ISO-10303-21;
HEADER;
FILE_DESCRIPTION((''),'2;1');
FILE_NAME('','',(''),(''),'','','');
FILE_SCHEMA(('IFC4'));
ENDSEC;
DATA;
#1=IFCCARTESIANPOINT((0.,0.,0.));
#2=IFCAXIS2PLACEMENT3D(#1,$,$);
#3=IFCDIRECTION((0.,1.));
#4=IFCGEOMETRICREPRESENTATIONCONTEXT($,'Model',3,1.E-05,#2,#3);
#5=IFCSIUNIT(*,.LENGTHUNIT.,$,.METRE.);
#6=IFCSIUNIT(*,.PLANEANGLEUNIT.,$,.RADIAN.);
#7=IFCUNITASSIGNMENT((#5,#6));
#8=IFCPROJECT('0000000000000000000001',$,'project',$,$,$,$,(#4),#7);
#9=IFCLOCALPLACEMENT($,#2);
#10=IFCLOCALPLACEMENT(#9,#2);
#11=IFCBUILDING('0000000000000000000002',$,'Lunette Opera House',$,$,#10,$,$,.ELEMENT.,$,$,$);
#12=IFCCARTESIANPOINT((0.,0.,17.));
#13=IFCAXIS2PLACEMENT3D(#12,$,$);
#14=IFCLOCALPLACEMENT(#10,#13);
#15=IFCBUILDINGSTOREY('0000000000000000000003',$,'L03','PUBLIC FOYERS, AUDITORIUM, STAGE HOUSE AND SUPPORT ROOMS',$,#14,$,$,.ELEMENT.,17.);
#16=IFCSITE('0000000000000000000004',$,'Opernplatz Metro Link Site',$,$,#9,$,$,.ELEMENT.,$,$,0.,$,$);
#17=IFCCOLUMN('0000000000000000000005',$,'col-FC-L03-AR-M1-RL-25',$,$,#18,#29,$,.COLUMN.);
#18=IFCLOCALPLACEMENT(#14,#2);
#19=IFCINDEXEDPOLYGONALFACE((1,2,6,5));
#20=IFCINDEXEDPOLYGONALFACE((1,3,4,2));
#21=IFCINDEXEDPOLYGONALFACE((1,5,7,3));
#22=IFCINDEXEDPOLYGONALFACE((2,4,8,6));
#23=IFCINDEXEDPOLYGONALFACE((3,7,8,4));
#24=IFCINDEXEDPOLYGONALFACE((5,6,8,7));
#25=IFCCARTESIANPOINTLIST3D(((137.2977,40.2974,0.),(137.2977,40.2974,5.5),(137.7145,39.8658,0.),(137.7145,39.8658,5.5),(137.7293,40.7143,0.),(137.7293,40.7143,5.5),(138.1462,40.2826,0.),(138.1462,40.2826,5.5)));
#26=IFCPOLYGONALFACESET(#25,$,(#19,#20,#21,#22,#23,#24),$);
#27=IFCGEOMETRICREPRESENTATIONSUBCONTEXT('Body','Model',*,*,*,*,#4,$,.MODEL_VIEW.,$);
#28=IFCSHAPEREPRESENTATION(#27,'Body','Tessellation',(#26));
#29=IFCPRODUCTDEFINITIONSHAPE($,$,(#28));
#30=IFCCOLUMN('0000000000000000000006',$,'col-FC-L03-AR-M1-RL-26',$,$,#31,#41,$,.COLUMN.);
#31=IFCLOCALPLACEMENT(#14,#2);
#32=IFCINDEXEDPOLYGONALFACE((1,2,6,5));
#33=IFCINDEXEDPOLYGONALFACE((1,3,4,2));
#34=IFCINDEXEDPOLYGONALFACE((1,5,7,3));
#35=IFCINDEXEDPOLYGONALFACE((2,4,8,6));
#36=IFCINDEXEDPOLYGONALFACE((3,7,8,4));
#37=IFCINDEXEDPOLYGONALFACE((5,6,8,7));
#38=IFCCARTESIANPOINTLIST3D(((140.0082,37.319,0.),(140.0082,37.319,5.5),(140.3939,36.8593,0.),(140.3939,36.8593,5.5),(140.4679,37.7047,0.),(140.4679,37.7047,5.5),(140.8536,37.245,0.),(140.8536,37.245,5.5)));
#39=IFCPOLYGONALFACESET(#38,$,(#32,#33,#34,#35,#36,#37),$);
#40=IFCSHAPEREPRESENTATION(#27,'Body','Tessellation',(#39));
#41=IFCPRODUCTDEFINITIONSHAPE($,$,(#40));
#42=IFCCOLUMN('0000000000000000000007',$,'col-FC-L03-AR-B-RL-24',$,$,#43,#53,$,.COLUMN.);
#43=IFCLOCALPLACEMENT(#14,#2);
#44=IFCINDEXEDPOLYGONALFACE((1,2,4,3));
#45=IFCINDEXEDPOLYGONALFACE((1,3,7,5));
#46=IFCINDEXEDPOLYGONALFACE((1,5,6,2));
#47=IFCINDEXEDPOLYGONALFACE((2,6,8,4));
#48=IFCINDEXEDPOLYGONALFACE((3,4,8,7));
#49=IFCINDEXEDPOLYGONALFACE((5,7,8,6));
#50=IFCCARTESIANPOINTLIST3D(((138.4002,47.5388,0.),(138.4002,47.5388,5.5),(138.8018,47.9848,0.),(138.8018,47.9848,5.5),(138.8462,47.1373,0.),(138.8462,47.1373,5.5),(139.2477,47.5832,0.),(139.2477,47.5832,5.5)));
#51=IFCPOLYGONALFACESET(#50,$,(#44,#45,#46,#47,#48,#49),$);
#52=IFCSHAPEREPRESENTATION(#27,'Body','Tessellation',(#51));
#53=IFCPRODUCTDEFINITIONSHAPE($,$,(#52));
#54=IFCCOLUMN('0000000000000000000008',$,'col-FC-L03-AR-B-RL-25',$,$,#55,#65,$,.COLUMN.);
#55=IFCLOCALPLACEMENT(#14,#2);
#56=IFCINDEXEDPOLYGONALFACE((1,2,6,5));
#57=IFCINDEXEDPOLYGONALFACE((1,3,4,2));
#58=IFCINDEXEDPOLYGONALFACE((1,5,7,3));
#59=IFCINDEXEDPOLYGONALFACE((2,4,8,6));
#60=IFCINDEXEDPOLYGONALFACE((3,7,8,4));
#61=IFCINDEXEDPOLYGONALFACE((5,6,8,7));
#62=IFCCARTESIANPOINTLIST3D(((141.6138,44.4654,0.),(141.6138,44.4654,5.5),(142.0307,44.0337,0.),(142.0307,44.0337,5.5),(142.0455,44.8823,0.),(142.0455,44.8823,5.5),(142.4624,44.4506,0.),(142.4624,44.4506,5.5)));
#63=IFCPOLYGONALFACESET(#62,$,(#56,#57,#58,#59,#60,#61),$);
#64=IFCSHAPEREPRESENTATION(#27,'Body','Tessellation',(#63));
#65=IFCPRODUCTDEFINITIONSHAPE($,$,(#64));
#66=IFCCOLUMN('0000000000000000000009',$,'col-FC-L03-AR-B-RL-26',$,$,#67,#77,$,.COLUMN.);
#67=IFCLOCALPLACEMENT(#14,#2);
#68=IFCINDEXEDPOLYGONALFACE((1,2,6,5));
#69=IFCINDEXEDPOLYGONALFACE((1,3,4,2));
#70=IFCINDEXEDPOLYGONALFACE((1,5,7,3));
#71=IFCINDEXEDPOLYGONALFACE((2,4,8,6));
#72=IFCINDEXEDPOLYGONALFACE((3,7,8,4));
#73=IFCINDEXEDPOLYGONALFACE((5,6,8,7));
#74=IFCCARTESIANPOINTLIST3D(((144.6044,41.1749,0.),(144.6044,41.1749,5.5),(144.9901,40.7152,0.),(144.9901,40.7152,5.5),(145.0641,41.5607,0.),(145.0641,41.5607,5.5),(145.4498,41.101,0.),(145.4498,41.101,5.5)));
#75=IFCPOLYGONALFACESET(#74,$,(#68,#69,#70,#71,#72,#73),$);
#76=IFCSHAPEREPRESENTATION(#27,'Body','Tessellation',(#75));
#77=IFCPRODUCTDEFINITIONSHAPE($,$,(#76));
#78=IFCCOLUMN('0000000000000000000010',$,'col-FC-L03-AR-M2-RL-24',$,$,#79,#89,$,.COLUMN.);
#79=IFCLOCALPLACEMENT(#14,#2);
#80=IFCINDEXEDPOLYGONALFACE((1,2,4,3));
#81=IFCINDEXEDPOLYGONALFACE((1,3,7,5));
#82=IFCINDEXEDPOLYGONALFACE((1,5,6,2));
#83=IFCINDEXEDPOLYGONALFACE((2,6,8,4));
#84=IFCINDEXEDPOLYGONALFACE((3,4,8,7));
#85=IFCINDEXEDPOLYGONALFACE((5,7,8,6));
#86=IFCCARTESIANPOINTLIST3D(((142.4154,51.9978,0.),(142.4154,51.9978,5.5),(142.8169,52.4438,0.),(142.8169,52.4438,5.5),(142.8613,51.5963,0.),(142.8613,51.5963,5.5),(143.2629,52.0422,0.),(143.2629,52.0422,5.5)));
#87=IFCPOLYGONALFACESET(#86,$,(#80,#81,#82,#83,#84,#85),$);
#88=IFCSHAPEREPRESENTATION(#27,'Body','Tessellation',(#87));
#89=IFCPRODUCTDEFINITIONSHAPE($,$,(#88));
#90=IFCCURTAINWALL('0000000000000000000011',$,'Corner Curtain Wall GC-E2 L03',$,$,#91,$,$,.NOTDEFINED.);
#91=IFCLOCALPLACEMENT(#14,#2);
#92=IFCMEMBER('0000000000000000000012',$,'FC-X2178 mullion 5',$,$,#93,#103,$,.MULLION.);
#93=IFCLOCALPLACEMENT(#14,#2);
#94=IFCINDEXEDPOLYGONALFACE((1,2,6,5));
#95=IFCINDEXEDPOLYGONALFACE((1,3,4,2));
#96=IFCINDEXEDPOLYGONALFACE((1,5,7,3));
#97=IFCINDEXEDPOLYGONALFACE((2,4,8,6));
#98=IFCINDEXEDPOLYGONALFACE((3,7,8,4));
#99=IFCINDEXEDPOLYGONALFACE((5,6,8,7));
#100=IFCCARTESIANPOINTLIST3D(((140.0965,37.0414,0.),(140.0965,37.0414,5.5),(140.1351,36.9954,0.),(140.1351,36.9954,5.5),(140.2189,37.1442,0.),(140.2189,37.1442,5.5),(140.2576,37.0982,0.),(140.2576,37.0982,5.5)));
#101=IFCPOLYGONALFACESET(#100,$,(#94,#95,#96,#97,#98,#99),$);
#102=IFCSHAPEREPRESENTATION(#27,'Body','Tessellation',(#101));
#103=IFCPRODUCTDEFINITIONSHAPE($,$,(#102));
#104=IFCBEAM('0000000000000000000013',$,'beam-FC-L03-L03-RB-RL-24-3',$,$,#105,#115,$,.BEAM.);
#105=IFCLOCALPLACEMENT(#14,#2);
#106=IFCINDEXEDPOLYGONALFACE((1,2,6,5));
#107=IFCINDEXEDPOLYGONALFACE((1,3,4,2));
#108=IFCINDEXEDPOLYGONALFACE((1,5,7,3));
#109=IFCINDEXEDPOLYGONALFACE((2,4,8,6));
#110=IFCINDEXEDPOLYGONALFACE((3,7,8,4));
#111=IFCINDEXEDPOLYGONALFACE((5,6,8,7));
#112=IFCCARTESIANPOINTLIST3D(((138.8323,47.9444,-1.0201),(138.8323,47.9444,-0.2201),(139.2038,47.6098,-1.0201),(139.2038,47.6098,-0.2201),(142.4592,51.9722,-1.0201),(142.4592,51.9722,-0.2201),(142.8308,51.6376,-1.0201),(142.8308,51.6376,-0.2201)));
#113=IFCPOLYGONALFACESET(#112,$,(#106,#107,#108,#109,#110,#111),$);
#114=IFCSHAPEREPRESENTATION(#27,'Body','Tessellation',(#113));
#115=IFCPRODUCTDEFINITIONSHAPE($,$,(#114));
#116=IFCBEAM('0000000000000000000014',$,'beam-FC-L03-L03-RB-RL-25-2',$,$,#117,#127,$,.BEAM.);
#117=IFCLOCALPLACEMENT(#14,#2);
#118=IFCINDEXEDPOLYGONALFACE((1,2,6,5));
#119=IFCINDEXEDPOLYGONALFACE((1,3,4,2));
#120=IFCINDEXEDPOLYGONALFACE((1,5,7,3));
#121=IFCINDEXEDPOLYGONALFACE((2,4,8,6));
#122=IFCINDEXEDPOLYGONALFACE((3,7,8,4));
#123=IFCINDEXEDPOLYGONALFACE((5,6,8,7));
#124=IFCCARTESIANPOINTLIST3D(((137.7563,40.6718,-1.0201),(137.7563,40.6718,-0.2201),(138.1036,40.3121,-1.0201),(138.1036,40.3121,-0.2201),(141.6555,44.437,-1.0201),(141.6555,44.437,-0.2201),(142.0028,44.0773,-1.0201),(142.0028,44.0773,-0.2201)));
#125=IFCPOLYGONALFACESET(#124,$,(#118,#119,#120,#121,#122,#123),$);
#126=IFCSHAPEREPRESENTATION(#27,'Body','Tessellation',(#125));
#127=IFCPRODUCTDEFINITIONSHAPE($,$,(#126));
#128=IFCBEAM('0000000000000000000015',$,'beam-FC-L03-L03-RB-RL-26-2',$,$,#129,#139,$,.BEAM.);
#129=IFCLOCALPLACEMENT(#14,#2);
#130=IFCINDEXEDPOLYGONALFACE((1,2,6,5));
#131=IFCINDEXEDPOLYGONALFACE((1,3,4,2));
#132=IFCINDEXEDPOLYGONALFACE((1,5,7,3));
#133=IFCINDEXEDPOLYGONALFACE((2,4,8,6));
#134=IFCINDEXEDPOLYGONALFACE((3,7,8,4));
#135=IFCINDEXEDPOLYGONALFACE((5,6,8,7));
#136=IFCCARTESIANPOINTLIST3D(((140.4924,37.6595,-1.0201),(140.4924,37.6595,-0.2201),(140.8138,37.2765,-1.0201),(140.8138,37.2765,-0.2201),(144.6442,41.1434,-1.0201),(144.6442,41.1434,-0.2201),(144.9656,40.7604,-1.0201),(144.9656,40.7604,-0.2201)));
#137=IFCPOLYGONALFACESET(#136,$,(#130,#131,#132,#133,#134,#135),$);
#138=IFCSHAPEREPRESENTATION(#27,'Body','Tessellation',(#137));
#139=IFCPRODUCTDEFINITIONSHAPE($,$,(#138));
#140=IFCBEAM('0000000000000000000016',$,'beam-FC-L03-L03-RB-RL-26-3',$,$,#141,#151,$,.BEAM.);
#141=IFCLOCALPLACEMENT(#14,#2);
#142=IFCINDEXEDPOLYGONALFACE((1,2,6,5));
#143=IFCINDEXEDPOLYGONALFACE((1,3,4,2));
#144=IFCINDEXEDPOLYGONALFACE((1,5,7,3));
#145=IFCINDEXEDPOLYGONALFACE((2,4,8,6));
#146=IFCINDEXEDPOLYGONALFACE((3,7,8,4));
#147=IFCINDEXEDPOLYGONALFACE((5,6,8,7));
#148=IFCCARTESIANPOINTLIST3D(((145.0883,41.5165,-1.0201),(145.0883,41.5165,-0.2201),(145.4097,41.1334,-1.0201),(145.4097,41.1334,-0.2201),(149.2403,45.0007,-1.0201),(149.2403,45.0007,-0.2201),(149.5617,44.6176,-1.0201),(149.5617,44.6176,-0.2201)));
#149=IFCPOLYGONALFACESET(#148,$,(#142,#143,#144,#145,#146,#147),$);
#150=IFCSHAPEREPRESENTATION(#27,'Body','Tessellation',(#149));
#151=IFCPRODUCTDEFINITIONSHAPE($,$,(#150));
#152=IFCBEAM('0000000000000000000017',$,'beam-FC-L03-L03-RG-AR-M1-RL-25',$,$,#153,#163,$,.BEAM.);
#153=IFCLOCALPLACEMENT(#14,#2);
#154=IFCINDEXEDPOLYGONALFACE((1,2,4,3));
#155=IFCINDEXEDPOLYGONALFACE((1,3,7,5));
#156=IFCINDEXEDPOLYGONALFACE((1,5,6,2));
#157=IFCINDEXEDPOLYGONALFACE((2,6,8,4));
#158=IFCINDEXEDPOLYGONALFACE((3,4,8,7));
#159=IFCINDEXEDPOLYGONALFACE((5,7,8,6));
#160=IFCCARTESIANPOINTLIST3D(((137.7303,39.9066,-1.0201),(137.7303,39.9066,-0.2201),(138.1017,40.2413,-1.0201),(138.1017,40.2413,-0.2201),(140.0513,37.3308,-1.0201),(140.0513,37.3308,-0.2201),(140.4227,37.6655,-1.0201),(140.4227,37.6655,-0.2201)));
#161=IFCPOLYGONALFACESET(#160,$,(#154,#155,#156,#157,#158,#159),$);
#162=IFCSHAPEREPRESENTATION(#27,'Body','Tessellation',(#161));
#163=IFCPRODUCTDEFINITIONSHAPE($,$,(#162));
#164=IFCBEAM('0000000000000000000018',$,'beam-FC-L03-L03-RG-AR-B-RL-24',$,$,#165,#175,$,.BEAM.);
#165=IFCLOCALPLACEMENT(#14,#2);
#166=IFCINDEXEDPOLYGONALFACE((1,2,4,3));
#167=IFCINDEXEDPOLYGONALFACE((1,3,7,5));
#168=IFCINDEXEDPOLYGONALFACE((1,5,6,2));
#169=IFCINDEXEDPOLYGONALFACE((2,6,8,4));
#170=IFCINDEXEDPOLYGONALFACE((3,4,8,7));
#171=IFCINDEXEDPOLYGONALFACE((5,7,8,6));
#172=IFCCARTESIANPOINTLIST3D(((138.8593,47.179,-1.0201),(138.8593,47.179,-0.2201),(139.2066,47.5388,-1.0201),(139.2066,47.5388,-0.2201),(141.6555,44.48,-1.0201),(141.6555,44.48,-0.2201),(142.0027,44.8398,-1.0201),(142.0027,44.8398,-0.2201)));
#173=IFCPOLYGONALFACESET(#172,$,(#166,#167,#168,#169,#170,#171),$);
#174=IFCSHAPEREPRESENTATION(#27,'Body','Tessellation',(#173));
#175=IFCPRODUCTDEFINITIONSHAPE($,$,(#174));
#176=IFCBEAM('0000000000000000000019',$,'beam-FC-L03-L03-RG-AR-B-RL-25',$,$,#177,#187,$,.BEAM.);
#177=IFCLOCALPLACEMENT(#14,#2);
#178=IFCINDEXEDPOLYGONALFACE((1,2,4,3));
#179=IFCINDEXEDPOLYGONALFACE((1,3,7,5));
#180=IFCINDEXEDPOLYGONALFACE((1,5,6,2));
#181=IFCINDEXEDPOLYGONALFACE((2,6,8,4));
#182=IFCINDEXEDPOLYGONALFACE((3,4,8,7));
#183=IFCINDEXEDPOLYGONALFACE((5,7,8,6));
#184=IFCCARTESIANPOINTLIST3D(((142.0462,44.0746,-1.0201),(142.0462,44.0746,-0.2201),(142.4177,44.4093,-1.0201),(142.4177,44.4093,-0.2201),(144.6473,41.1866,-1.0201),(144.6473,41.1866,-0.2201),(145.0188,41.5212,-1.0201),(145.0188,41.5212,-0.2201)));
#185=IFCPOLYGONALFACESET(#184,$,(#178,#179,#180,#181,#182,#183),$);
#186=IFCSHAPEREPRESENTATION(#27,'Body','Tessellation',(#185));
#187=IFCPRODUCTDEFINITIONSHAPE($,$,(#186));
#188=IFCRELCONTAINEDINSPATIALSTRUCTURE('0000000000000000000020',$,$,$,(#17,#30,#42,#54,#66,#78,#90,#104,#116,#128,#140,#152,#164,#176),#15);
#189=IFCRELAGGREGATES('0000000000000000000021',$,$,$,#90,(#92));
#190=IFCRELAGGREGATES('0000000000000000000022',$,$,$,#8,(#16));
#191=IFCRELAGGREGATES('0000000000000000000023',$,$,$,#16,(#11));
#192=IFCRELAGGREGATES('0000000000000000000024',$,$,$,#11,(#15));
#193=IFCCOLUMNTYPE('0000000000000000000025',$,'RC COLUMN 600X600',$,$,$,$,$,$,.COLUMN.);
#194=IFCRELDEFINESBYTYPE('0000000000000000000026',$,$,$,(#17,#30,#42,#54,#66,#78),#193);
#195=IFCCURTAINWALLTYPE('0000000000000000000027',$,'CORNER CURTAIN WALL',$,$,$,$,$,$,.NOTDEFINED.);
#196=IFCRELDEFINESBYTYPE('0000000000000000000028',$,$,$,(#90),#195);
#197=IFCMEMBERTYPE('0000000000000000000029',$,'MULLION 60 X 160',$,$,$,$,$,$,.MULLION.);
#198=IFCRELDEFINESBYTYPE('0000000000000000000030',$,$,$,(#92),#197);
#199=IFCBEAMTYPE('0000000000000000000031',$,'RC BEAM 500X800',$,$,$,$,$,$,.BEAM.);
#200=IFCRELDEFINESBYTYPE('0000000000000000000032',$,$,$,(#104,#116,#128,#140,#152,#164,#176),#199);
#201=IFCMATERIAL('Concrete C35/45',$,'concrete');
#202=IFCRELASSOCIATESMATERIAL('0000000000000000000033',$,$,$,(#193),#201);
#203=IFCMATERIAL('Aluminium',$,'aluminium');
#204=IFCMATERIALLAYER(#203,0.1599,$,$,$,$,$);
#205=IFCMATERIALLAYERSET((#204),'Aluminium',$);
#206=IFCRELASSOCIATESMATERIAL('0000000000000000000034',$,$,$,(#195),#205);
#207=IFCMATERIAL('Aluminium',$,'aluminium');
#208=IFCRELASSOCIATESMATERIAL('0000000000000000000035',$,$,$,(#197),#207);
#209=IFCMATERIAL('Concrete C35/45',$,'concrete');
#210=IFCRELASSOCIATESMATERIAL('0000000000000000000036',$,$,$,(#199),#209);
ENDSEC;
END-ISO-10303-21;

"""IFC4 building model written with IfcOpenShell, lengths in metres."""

from ifc_helpers import new_model, si_unit, direction, frame, origin, origin_2d, place, context, subcontext, project, spatial, rectangle, extrude, material, layer, layer_set, material_profile, profile_set, type_object, element, aggregate, save


model = new_model("IFC4")

# Units and contexts
model_context = context("Model", 3, precision=1e-05, world=origin(), true_north=direction((0.0, 1.0)))
body_context = subcontext(model_context, "Body", "Model", "MODEL_VIEW")
ifc_project = project(units=[si_unit("LENGTHUNIT", "METRE"), si_unit("PLANEANGLEUNIT", "RADIAN")], contexts=[model_context])

# Site, building, storey
site_placement = place(None, origin())
site = spatial("IfcSite", under=ifc_project, at=site_placement, Name="Opernplatz Metro Link Site", CompositionType="ELEMENT", RefElevation=0.0)
building_placement = place(site_placement, origin())
building = spatial("IfcBuilding", under=site, at=building_placement, Name="Lunette Opera House", CompositionType="ELEMENT")
storey_placement = place(building_placement, frame((0.0, 0.0, 17.0)))
storey = spatial("IfcBuildingStorey", under=building, at=storey_placement, Name="L03", Description="PUBLIC FOYERS, AUDITORIUM, STAGE HOUSE AND SUPPORT ROOMS", CompositionType="ELEMENT", Elevation=17.0)

# Columns
ifc_material_1 = material(Name="Concrete C35/45", Category="concrete")
ifc_material_profile_1 = material_profile(ifc_material_1, rectangle(XDim=0.6001, YDim=0.6001, at=origin_2d()), Name="RC COLUMN 600X600")
ifc_profile_set_1 = profile_set([ifc_material_profile_1], Name="Concrete C35/45")
column_type = type_object("IfcColumnType", Name="RC COLUMN 600X600", PredefinedType="COLUMN", material=ifc_profile_set_1)
for number, where, z_axis, x_axis, name in (
    (1, (137.7219, 40.29, 0.0), (0.0, 0.0, 1.0), (0.694658, -0.71934, 0.0), "col-FC-L03-AR-M1-RL-25"),
    (2, (140.4309, 37.282, 0.0), (0.0, 0.0, 1.0), (0.642788, -0.766044, 0.0), "col-FC-L03-AR-M1-RL-26"),
    (3, (138.824, 47.561, 0.0), (0.0, 0.0, 1.0), (0.743145, -0.669131, 0.0), "col-FC-L03-AR-B-RL-24"),
    (4, (142.0381, 44.458, 0.0), (0.0, 0.0, 1.0), (0.694658, -0.71934, 0.0), "col-FC-L03-AR-B-RL-25"),
    (5, (145.0271, 41.1379, 0.0), (0.0, 0.0, 1.0), (0.642788, -0.766044, 0.0), "col-FC-L03-AR-B-RL-26"),
    (6, (142.8391, 52.02, 0.0), (0.0, 0.0, 1.0), (0.743145, -0.669131, 0.0), "col-FC-L03-AR-M2-RL-24"),
):
    element("IfcColumn", number, at=place(storey_placement, frame(where, z_axis=z_axis, x_axis=x_axis)), inside=storey, type_object=column_type, Name=name, PredefinedType="COLUMN", context=body_context, shape_type="SweptSolid", body=[
        extrude(rectangle(XDim=0.6001, YDim=0.6001, at=origin_2d()), origin(), (0.0, 0.0, 1.0), 5.5),
    ])

# Curtain wall, member
ifc_material_2 = material(Name="Aluminium", Category="aluminium")
ifc_layer_1 = layer(ifc_material_2, 0.1599)
ifc_layer_set_1 = layer_set([ifc_layer_1], Name="Aluminium")
curtain_wall_type = type_object("IfcCurtainWallType", Name="CORNER CURTAIN WALL", PredefinedType="NOTDEFINED", material=ifc_layer_set_1)
curtain_wall_placement = place(storey_placement, origin())
curtain_wall = element("IfcCurtainWall", 7, at=curtain_wall_placement, inside=storey, type_object=curtain_wall_type, Name="Corner Curtain Wall GC-E2 L03", PredefinedType="NOTDEFINED")
ifc_material_3 = material(Name="Aluminium", Category="aluminium")
ifc_material_profile_2 = material_profile(ifc_material_3, rectangle(XDim=0.0601, YDim=0.1599, at=origin_2d()), Name="MULLION 60 X 160")
ifc_profile_set_2 = profile_set([ifc_material_profile_2], Name="Aluminium")
member_type = type_object("IfcMemberType", Name="MULLION 60 X 160", PredefinedType="MULLION", material=ifc_profile_set_2)
member_placement = place(storey_placement, frame((140.177, 37.0698, 0.0), z_axis=(0.0, 0.0, 1.0), x_axis=(-0.64284, 0.766, 0.0)))
member = element("IfcMember", 8, at=member_placement, type_object=member_type, Name="FC-X2178 mullion 5", PredefinedType="MULLION", context=body_context, shape_type="SweptSolid", body=[
    extrude(rectangle(XDim=0.0601, YDim=0.1599, at=origin_2d()), origin(), (0.0, 0.0, 1.0), 5.5),
])
aggregate(curtain_wall, [member])

# Beams
ifc_material_4 = material(Name="Concrete C35/45", Category="concrete")
ifc_material_profile_3 = material_profile(ifc_material_4, rectangle(XDim=0.5, YDim=0.8, at=origin_2d()), Name="RC BEAM 500X800")
ifc_profile_set_3 = profile_set([ifc_material_profile_3], Name="Concrete C35/45")
beam_type = type_object("IfcBeamType", Name="RC BEAM 500X800", PredefinedType="BEAM", material=ifc_profile_set_3)
beam_1_placement = place(storey_placement, frame((139.0181, 47.7771, -0.6201), z_axis=(0.669159, 0.743119, 0.0), x_axis=(-0.743119, 0.669159, 0.0)))
element("IfcBeam", 9, at=beam_1_placement, inside=storey, type_object=beam_type, Name="beam-FC-L03-L03-RB-RL-24-3", PredefinedType="BEAM", context=body_context, shape_type="SweptSolid", body=[
    extrude(rectangle(XDim=0.5, YDim=0.8, at=origin_2d()), origin(), (0.0, 0.0, 1.0), 5.4202),
])
beam_2_placement = place(storey_placement, frame((137.9299, 40.4919, -0.6201), z_axis=(0.719363, 0.694635, 0.0), x_axis=(-0.694635, 0.719363, 0.0)))
element("IfcBeam", 10, at=beam_2_placement, inside=storey, type_object=beam_type, Name="beam-FC-L03-L03-RB-RL-25-2", PredefinedType="BEAM", context=body_context, shape_type="SweptSolid", body=[
    extrude(rectangle(XDim=0.5, YDim=0.8, at=origin_2d()), origin(), (0.0, 0.0, 1.0), 5.4204),
])
beam_3_placement = place(storey_placement, frame((140.6531, 37.468, -0.6201), z_axis=(0.766038, 0.642795, 0.0), x_axis=(-0.642795, 0.766038, 0.0)))
element("IfcBeam", 11, at=beam_3_placement, inside=storey, type_object=beam_type, Name="beam-FC-L03-L03-RB-RL-26-2", PredefinedType="BEAM", context=body_context, shape_type="SweptSolid", body=[
    extrude(rectangle(XDim=0.5, YDim=0.8, at=origin_2d()), origin(), (0.0, 0.0, 1.0), 5.4199),
])
beam_4_placement = place(storey_placement, frame((145.249, 41.325, -0.6201), z_axis=(0.766016, 0.642821, 0.0), x_axis=(-0.642821, 0.766016, 0.0)))
element("IfcBeam", 12, at=beam_4_placement, inside=storey, type_object=beam_type, Name="beam-FC-L03-L03-RB-RL-26-3", PredefinedType="BEAM", context=body_context, shape_type="SweptSolid", body=[
    extrude(rectangle(XDim=0.5, YDim=0.8, at=origin_2d()), origin(), (0.0, 0.0, 1.0), 5.4202),
])
beam_5_placement = place(storey_placement, frame((137.916, 40.074, -0.6201), z_axis=(0.669396, -0.742905, 0.0), x_axis=(0.742905, 0.669396, 0.0)))
element("IfcBeam", 13, at=beam_5_placement, inside=storey, type_object=beam_type, Name="beam-FC-L03-L03-RG-AR-M1-RL-25", PredefinedType="BEAM", context=body_context, shape_type="SweptSolid", body=[
    extrude(rectangle(XDim=0.5, YDim=0.8, at=origin_2d()), origin(), (0.0, 0.0, 1.0), 3.4673),
])
beam_6_placement = place(storey_placement, frame((139.033, 47.3589, -0.6201), z_axis=(0.719498, -0.694495, 0.0), x_axis=(0.694495, 0.719498, 0.0)))
element("IfcBeam", 14, at=beam_6_placement, inside=storey, type_object=beam_type, Name="beam-FC-L03-L03-RG-AR-B-RL-24", PredefinedType="BEAM", context=body_context, shape_type="SweptSolid", body=[
    extrude(rectangle(XDim=0.5, YDim=0.8, at=origin_2d()), origin(), (0.0, 0.0, 1.0), 3.8862),
])
beam_7_placement = place(storey_placement, frame((142.2319, 44.2419, -0.6201), z_axis=(0.669239, -0.743047, 0.0), x_axis=(0.743047, 0.669239, 0.0)))
element("IfcBeam", 15, at=beam_7_placement, inside=storey, type_object=beam_type, Name="beam-FC-L03-L03-RG-AR-B-RL-25", PredefinedType="BEAM", context=body_context, shape_type="SweptSolid", body=[
    extrude(rectangle(XDim=0.5, YDim=0.8, at=origin_2d()), origin(), (0.0, 0.0, 1.0), 3.8867),
])

save(model, "model.ifc")
